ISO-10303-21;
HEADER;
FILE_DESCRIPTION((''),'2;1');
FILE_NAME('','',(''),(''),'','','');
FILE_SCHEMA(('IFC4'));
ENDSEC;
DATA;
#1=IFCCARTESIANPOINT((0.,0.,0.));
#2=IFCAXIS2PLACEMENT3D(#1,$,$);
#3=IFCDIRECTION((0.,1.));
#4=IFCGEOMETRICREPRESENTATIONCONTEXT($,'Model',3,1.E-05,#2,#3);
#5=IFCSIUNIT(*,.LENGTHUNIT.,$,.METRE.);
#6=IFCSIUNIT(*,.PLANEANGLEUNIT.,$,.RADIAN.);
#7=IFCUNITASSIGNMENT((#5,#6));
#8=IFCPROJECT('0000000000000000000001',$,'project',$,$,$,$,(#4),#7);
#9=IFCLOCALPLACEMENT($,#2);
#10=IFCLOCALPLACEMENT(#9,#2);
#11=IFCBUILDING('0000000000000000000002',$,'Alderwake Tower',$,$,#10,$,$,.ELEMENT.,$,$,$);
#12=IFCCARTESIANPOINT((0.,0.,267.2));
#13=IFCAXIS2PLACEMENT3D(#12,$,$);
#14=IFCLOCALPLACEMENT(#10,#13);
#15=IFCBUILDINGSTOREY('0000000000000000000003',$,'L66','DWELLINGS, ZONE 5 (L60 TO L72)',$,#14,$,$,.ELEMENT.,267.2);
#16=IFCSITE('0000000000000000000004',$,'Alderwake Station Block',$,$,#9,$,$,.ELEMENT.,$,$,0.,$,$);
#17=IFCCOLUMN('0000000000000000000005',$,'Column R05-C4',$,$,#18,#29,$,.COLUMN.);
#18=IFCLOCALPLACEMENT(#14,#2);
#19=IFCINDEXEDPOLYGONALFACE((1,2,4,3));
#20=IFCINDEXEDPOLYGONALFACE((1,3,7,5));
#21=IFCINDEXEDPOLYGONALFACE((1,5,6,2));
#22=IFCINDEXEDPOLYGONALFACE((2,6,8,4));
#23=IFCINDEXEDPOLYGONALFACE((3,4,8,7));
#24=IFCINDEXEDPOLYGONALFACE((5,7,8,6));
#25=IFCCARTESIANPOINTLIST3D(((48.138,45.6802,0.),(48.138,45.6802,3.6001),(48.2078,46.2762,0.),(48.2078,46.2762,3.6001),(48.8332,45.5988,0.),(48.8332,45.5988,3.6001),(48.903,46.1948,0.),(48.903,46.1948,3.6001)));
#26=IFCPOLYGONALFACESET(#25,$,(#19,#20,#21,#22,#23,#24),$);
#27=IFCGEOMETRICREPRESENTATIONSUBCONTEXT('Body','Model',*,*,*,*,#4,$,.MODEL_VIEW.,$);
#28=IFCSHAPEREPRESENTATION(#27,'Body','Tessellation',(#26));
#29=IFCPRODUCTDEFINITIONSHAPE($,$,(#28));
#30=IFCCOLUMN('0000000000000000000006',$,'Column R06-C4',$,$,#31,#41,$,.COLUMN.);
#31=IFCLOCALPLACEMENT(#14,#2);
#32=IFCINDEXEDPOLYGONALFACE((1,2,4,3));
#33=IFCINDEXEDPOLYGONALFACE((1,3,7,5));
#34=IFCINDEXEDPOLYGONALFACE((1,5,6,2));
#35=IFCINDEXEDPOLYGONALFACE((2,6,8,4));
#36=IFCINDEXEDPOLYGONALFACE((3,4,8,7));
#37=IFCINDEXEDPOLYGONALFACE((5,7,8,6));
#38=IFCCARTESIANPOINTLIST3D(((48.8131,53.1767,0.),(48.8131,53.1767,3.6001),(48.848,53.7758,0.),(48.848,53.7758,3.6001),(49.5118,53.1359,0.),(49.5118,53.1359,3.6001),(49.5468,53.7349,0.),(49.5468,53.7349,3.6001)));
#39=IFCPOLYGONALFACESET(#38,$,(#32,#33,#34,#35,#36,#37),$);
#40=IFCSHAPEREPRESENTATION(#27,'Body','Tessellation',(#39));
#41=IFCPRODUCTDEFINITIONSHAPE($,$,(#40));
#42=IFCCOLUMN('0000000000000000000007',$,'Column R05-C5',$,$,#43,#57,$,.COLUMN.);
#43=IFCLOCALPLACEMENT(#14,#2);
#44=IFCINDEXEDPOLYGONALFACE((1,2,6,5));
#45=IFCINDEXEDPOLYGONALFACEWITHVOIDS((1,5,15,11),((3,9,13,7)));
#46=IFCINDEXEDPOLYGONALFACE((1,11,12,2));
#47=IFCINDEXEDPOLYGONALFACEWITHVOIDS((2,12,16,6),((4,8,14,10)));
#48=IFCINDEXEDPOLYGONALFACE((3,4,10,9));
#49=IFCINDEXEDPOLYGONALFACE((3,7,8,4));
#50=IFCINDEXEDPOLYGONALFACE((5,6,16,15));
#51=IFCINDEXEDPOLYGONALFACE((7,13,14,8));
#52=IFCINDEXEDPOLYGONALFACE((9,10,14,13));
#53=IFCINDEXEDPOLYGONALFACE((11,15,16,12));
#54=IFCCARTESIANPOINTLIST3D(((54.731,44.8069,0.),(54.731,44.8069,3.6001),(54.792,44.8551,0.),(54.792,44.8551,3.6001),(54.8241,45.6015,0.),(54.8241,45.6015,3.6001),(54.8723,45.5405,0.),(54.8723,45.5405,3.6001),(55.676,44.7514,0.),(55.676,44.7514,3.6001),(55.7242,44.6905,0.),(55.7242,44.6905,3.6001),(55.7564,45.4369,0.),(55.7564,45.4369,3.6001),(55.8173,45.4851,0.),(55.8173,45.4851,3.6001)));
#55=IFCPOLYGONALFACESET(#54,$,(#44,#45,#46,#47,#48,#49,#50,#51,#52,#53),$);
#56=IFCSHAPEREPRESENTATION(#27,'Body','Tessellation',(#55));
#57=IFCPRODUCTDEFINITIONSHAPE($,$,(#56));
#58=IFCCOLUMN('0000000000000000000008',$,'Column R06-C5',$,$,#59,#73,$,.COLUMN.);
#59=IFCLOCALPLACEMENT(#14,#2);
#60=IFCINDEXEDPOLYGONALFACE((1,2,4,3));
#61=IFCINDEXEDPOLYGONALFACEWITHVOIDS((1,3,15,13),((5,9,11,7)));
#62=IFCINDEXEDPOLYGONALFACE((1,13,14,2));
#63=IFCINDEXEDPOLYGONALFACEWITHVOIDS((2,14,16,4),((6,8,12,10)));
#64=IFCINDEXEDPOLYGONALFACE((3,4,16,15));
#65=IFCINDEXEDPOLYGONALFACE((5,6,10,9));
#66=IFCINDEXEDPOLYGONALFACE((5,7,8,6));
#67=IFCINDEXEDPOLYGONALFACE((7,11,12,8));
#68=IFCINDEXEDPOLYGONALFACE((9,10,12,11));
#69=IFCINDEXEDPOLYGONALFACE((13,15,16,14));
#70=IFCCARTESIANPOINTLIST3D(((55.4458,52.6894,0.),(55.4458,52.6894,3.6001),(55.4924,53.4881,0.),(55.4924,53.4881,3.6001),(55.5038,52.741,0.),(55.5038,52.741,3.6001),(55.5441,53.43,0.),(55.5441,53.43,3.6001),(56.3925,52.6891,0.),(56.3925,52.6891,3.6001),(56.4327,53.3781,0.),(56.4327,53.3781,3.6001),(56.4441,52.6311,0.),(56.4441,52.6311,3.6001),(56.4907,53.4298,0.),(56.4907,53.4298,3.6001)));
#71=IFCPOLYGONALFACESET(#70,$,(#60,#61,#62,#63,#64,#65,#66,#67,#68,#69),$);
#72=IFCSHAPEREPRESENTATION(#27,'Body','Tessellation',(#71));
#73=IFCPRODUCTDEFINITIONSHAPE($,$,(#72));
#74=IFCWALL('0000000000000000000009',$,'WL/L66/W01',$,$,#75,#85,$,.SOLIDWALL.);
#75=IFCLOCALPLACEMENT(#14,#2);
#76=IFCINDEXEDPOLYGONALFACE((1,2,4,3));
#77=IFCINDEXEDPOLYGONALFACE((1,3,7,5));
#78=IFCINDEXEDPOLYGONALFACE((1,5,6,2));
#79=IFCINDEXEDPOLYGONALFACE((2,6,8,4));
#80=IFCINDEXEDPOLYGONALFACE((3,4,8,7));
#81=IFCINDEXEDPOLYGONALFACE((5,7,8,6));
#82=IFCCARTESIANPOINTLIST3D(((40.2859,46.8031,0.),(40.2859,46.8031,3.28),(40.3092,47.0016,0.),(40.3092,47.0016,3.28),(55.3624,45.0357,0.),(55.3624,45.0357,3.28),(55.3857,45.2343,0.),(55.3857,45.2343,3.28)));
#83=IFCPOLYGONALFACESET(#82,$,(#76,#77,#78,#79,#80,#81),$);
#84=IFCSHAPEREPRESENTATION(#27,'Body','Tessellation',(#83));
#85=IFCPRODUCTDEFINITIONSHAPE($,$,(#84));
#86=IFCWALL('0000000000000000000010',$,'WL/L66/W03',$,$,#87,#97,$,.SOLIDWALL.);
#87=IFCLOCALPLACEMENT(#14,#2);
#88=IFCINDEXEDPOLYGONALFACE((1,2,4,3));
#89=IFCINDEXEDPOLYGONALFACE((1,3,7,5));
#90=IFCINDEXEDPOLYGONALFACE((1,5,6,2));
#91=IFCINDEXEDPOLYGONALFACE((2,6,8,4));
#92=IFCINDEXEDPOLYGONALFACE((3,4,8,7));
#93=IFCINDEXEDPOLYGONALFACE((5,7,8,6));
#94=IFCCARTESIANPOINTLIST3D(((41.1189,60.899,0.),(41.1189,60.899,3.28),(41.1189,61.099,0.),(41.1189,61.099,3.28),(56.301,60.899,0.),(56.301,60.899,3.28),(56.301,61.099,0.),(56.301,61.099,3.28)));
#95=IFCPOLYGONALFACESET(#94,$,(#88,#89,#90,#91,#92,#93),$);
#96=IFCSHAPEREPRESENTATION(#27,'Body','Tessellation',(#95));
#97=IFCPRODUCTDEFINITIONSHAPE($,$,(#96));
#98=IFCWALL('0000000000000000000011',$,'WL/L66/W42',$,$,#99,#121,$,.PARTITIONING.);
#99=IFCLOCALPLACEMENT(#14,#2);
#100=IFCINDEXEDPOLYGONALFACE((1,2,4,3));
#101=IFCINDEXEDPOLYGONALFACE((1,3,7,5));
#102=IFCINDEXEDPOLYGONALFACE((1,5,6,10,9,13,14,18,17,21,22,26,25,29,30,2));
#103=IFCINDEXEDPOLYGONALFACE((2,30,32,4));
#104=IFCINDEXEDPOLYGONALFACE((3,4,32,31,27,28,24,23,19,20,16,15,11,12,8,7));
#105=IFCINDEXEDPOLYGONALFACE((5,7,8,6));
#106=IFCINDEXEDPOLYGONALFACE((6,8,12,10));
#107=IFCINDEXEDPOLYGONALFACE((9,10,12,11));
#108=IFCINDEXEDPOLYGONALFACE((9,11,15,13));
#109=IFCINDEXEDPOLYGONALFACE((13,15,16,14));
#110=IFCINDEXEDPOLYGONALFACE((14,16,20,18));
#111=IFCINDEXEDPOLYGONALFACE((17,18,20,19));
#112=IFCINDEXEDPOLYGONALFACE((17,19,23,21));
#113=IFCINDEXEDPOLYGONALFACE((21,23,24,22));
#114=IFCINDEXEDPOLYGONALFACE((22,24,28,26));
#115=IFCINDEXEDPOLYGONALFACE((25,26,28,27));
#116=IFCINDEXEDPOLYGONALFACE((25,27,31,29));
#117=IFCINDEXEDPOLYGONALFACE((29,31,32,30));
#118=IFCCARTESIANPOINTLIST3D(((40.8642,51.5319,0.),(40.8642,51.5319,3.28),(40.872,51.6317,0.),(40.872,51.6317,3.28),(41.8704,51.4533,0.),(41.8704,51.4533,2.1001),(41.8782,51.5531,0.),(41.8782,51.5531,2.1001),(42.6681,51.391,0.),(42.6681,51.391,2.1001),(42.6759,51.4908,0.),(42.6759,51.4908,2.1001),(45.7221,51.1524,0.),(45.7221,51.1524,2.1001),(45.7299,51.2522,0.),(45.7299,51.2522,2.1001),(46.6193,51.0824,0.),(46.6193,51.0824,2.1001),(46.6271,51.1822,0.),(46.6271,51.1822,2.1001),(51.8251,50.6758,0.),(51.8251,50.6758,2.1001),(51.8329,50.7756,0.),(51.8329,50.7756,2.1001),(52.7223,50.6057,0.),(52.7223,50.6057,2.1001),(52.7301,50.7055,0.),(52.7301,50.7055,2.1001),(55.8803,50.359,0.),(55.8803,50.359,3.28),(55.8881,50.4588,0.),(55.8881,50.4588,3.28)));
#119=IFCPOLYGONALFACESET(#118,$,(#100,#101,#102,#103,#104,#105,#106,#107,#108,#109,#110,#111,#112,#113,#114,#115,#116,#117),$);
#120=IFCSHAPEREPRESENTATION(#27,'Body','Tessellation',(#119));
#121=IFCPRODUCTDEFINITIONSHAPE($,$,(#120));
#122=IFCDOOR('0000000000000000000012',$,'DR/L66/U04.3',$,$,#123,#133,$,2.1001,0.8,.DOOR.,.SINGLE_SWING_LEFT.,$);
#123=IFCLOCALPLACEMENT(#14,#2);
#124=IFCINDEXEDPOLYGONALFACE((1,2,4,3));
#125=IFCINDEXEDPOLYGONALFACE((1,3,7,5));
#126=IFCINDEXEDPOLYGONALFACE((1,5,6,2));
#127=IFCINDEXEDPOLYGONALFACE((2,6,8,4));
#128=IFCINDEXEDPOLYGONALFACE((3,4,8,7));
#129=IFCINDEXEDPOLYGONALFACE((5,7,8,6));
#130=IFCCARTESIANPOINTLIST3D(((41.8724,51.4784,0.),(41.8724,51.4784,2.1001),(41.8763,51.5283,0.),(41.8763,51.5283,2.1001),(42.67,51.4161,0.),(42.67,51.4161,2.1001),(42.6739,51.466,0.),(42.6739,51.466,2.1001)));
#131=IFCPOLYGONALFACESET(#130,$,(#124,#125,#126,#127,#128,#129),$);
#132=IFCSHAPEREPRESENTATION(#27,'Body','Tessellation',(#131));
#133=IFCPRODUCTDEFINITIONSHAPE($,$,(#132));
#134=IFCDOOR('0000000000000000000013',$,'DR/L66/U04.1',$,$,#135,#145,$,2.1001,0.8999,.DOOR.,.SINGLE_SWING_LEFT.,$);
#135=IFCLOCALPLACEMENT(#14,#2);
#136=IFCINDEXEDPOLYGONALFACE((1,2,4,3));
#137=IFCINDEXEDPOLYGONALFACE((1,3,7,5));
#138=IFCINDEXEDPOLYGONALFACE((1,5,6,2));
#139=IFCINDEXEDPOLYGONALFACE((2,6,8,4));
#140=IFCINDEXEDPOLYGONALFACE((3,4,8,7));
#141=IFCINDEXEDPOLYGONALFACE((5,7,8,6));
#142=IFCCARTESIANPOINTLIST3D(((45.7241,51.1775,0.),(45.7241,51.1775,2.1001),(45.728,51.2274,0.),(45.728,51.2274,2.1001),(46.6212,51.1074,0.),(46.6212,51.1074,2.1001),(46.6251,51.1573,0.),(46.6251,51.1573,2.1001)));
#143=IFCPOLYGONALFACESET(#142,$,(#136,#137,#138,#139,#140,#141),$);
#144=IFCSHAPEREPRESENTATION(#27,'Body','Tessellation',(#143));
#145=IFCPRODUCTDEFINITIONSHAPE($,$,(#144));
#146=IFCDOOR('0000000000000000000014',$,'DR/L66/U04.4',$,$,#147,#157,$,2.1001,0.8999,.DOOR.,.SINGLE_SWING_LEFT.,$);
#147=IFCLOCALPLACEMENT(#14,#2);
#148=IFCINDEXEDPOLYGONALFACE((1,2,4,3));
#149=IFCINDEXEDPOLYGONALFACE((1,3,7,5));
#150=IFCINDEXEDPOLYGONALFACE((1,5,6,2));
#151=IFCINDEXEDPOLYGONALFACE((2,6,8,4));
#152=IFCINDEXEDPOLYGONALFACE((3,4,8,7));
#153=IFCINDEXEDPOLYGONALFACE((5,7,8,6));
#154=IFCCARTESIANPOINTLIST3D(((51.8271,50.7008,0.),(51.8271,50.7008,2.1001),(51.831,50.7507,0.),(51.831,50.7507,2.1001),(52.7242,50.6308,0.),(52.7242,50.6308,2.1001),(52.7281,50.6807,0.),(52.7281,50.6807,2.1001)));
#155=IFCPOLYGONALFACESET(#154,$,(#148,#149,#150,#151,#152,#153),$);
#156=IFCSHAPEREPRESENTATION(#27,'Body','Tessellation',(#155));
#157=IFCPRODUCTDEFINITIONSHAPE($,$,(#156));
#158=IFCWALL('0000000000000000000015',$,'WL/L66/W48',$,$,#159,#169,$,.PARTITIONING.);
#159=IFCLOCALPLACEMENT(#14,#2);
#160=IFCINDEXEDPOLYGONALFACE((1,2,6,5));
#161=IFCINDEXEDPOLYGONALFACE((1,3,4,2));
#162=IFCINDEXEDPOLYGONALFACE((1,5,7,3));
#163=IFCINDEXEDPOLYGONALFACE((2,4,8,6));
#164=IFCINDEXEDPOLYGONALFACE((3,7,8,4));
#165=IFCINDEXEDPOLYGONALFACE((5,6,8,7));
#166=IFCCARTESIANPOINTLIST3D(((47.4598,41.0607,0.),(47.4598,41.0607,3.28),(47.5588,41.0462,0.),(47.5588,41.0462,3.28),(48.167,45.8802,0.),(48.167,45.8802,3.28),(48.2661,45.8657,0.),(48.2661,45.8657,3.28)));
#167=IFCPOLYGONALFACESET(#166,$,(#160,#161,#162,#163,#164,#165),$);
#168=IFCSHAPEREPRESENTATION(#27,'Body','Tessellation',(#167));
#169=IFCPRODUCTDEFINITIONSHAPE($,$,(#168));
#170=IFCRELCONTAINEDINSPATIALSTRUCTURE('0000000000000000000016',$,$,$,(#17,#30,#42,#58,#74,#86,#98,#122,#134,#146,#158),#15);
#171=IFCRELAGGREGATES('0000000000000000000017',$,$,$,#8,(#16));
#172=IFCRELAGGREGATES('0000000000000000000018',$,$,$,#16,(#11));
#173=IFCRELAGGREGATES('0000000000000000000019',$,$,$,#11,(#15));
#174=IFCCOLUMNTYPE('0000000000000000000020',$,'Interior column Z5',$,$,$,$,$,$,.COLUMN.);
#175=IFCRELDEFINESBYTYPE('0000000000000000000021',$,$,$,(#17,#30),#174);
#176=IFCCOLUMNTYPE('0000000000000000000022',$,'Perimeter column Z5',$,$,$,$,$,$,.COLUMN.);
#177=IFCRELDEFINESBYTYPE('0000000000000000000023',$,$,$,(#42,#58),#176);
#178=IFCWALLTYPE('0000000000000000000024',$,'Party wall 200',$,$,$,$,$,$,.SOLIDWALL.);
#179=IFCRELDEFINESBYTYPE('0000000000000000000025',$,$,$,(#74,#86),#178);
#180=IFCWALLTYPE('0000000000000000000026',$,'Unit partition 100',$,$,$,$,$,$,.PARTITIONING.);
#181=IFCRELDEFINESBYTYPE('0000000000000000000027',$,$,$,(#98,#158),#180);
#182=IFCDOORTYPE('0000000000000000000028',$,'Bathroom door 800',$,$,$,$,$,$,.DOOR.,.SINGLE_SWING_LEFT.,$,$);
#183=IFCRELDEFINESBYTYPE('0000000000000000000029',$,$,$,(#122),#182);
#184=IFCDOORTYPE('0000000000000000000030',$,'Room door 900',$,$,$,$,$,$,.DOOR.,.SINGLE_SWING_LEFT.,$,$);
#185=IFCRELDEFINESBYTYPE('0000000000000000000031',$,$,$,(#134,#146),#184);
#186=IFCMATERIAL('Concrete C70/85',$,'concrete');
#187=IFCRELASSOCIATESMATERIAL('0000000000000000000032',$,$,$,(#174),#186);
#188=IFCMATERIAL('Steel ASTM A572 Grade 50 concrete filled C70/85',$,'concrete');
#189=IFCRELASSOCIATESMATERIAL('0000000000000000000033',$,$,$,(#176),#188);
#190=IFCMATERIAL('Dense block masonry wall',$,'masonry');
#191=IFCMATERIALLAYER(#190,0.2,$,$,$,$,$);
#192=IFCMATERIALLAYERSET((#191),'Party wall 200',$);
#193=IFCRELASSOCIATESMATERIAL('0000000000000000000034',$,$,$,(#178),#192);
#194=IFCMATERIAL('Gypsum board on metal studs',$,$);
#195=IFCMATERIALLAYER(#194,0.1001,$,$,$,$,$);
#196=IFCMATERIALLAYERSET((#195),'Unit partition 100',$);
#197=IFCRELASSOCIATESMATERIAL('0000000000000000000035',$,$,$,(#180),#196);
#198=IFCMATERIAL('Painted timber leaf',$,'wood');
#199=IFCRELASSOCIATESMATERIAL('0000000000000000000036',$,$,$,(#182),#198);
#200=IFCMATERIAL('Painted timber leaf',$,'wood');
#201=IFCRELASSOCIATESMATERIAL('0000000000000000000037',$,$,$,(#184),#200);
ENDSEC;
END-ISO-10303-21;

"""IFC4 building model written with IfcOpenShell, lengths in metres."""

from ifc_helpers import new_model, si_unit, direction, frame, frame_2d, origin, origin_2d, place, context, subcontext, project, spatial, rectangle, hollow_rectangle, extrude, material, layer, layer_set, material_profile, profile_set, type_object, element, fill, save


model = new_model("IFC4")

# Units and contexts
model_context = context("Model", 3, precision=1e-05, world=origin(), true_north=direction((0.0, 1.0)))
body_context = subcontext(model_context, "Body", "Model", "MODEL_VIEW")
ifc_project = project(units=[si_unit("LENGTHUNIT", "METRE"), si_unit("PLANEANGLEUNIT", "RADIAN")], contexts=[model_context])

# Site, building, storey
site_placement = place(None, origin())
site = spatial("IfcSite", under=ifc_project, at=site_placement, Name="Alderwake Station Block", CompositionType="ELEMENT", RefElevation=0.0)
building_placement = place(site_placement, origin())
building = spatial("IfcBuilding", under=site, at=building_placement, Name="Alderwake Tower", CompositionType="ELEMENT")
storey_placement = place(building_placement, frame((0.0, 0.0, 267.2)))
storey = spatial("IfcBuildingStorey", under=building, at=storey_placement, Name="L66", Description="DWELLINGS, ZONE 5 (L60 TO L72)", CompositionType="ELEMENT", Elevation=267.2)

# Columns
ifc_material_1 = material(Name="Concrete C70/85", Category="concrete")
ifc_material_profile_1 = material_profile(ifc_material_1, rectangle(XDim=0.6001, YDim=0.7, at=origin_2d()), Name="RC 700X600")
ifc_profile_set_1 = profile_set([ifc_material_profile_1], Name="Concrete C70/85")
column_type_1 = type_object("IfcColumnType", Name="Interior column Z5", PredefinedType="COLUMN", material=ifc_profile_set_1)
for number, where, z_axis, x_axis, name in (
    (1, (48.5205, 45.9375, 0.0), (0.0, 0.0, 1.0), (0.116402, 0.993202, 0.0), "Column R05-C4"),
    (2, (49.1799, 53.4558, 0.0), (0.0, 0.0, 1.0), (0.058301, 0.998299, 0.0), "Column R06-C4"),
):
    element("IfcColumn", number, at=place(storey_placement, frame(where, z_axis=z_axis, x_axis=x_axis)), inside=storey, type_object=column_type_1, Name=name, PredefinedType="COLUMN", context=body_context, shape_type="SweptSolid", body=[
        extrude(rectangle(XDim=0.6001, YDim=0.7, at=origin_2d()), origin(), (0.0, 0.0, 1.0), 3.6001),
    ])
ifc_material_2 = material(Name="Steel ASTM A572 Grade 50 concrete filled C70/85", Category="concrete")
ifc_material_profile_2 = material_profile(ifc_material_2, hollow_rectangle(XDim=0.8, YDim=1.0, WallThickness=0.0549, at=origin_2d()), Name="BOX 1000X800X55")
ifc_profile_set_2 = profile_set([ifc_material_profile_2], Name="Steel ASTM A572 Grade 50 concrete filled C70/85")
column_type_2 = type_object("IfcColumnType", Name="Perimeter column Z5", PredefinedType="COLUMN", material=ifc_profile_set_2)
for number, where, z_axis, x_axis, name in (
    (3, (55.2742, 45.146, 0.0), (0.0, 0.0, 1.0), (0.116402, 0.993202, 0.0), "Column R05-C5"),
    (4, (55.9683, 53.0596, 0.0), (0.0, 0.0, 1.0), (0.058301, 0.998299, 0.0), "Column R06-C5"),
):
    element("IfcColumn", number, at=place(storey_placement, frame(where, z_axis=z_axis, x_axis=x_axis)), inside=storey, type_object=column_type_2, Name=name, PredefinedType="COLUMN", context=body_context, shape_type="SweptSolid", body=[
        extrude(hollow_rectangle(XDim=0.8, YDim=1.0, WallThickness=0.0549, at=origin_2d()), origin(), (0.0, 0.0, 1.0), 3.6001),
    ])

# Walls
ifc_material_3 = material(Name="Dense block masonry wall", Category="masonry")
ifc_layer_1 = layer(ifc_material_3, 0.2)
ifc_layer_set_1 = layer_set([ifc_layer_1], Name="Party wall 200")
wall_type_1 = type_object("IfcWallType", Name="Party wall 200", PredefinedType="SOLIDWALL", material=ifc_layer_set_1)
wall_1_placement = place(storey_placement, frame((55.374, 45.135, 0.0), z_axis=(0.0, 0.0, 1.0), x_axis=(-0.993199, 0.116428, 0.0)))
element("IfcWall", 5, at=wall_1_placement, inside=storey, type_object=wall_type_1, Name="WL/L66/W01", PredefinedType="SOLIDWALL", context=body_context, shape_type="SweptSolid", body=[
    extrude(rectangle(XDim=15.1797, YDim=0.2, at=frame_2d((7.5898, 0.0))), origin(), (0.0, 0.0, 1.0), 3.28),
])
wall_2_placement = place(storey_placement, frame((56.301, 60.999, 0.0), z_axis=(0.0, 0.0, 1.0), x_axis=(-1.0, 0.0, 0.0)))
element("IfcWall", 6, at=wall_2_placement, inside=storey, type_object=wall_type_1, Name="WL/L66/W03", PredefinedType="SOLIDWALL", context=body_context, shape_type="SweptSolid", body=[
    extrude(rectangle(XDim=15.1821, YDim=0.2, at=frame_2d((7.5911, 0.0))), origin(), (0.0, 0.0, 1.0), 3.28),
])

# Wall, openings, doors
ifc_material_4 = material(Name="Gypsum board on metal studs")
ifc_layer_2 = layer(ifc_material_4, 0.1001)
ifc_layer_set_2 = layer_set([ifc_layer_2], Name="Unit partition 100")
wall_type_2 = type_object("IfcWallType", Name="Unit partition 100", PredefinedType="PARTITIONING", material=ifc_layer_set_2)
wall_3_placement = place(storey_placement, frame((55.884, 50.4089, 0.0), z_axis=(0.0, 0.0, 1.0), x_axis=(-0.996964, 0.077869, 0.0)))
wall_3 = element("IfcWall", 7, at=wall_3_placement, inside=storey, type_object=wall_type_2, Name="WL/L66/W42", PredefinedType="PARTITIONING", context=body_context, shape_type="SweptSolid", body=[
    extrude(rectangle(XDim=15.0618, YDim=0.1001, at=frame_2d((7.5308, 0.0))), origin(), (0.0, 0.0, 1.0), 3.28),
])
opening_1_placement = place(wall_3_placement, frame((9.2891, 0.0, 0.0)))
opening_1 = element("IfcOpeningElement", 8, at=opening_1_placement, cuts=wall_3, PredefinedType="OPENING", context=body_context, shape_type="SweptSolid", body=[
    extrude(rectangle(XDim=0.8999, YDim=2.1001, at=frame_2d((0.45, 1.05))), frame((0.0, 0.0601, 0.0), z_axis=(0.0, -1.0, 0.0), x_axis=(1.0, 0.0, 0.0)), (0.0, 0.0, 1.0), 0.1201),
])
opening_2_placement = place(wall_3_placement, frame((13.2524, 0.0, 0.0)))
opening_2 = element("IfcOpeningElement", 9, at=opening_2_placement, cuts=wall_3, PredefinedType="OPENING", context=body_context, shape_type="SweptSolid", body=[
    extrude(rectangle(XDim=0.8, YDim=2.1001, at=frame_2d((0.3999, 1.05))), frame((0.0, 0.0601, 0.0), z_axis=(0.0, -1.0, 0.0), x_axis=(1.0, 0.0, 0.0)), (0.0, 0.0, 1.0), 0.1201),
])
opening_3_placement = place(wall_3_placement, frame((3.1675, 0.0, 0.0)))
opening_3 = element("IfcOpeningElement", 10, at=opening_3_placement, cuts=wall_3, PredefinedType="OPENING", context=body_context, shape_type="SweptSolid", body=[
    extrude(rectangle(XDim=0.8999, YDim=2.1001, at=frame_2d((0.45, 1.05))), frame((0.0, 0.0601, 0.0), z_axis=(0.0, -1.0, 0.0), x_axis=(1.0, 0.0, 0.0)), (0.0, 0.0, 1.0), 0.1201),
])
ifc_material_5 = material(Name="Painted timber leaf", Category="wood")
door_type_1 = type_object("IfcDoorType", Name="Bathroom door 800", OperationType="SINGLE_SWING_LEFT", PredefinedType="DOOR", material=ifc_material_5)
door_1_placement = place(opening_2_placement, origin())
door_1 = element("IfcDoor", 11, at=door_1_placement, inside=storey, type_object=door_type_1, Name="DR/L66/U04.3", OperationType="SINGLE_SWING_LEFT", OverallHeight=2.1001, OverallWidth=0.8, PredefinedType="DOOR", context=body_context, shape_type="SweptSolid", body=[
    extrude(rectangle(XDim=0.8, YDim=2.1001, at=frame_2d((0.3999, 1.05))), frame((0.0, 0.0249, 0.0), z_axis=(0.0, -1.0, 0.0), x_axis=(1.0, 0.0, 0.0)), (0.0, 0.0, 1.0), 0.05),
])
fill(opening_2, door_1)
ifc_material_6 = material(Name="Painted timber leaf", Category="wood")
door_type_2 = type_object("IfcDoorType", Name="Room door 900", OperationType="SINGLE_SWING_LEFT", PredefinedType="DOOR", material=ifc_material_6)
door_2_placement = place(opening_1_placement, origin())
door_2 = element("IfcDoor", 12, at=door_2_placement, inside=storey, type_object=door_type_2, Name="DR/L66/U04.1", OperationType="SINGLE_SWING_LEFT", OverallHeight=2.1001, OverallWidth=0.8999, PredefinedType="DOOR", context=body_context, shape_type="SweptSolid", body=[
    extrude(rectangle(XDim=0.8999, YDim=2.1001, at=frame_2d((0.45, 1.05))), frame((0.0, 0.0249, 0.0), z_axis=(0.0, -1.0, 0.0), x_axis=(1.0, 0.0, 0.0)), (0.0, 0.0, 1.0), 0.05),
])
fill(opening_1, door_2)
door_3_placement = place(opening_3_placement, origin())
door_3 = element("IfcDoor", 13, at=door_3_placement, inside=storey, type_object=door_type_2, Name="DR/L66/U04.4", OperationType="SINGLE_SWING_LEFT", OverallHeight=2.1001, OverallWidth=0.8999, PredefinedType="DOOR", context=body_context, shape_type="SweptSolid", body=[
    extrude(rectangle(XDim=0.8999, YDim=2.1001, at=frame_2d((0.45, 1.05))), frame((0.0, 0.0249, 0.0), z_axis=(0.0, -1.0, 0.0), x_axis=(1.0, 0.0, 0.0)), (0.0, 0.0, 1.0), 0.05),
])
fill(opening_3, door_3)

# Wall
wall_4_placement = place(storey_placement, frame((47.5093, 41.0535, 0.0), z_axis=(0.0, 0.0, 1.0), x_axis=(0.145195, 0.989403, 0.0)))
element("IfcWall", 14, at=wall_4_placement, inside=storey, type_object=wall_type_2, Name="WL/L66/W48", PredefinedType="PARTITIONING", context=body_context, shape_type="SweptSolid", body=[
    extrude(rectangle(XDim=4.8711, YDim=0.1001, at=frame_2d((2.4355, 0.0))), origin(), (0.0, 0.0, 1.0), 3.28),
])

save(model, "model.ifc")
